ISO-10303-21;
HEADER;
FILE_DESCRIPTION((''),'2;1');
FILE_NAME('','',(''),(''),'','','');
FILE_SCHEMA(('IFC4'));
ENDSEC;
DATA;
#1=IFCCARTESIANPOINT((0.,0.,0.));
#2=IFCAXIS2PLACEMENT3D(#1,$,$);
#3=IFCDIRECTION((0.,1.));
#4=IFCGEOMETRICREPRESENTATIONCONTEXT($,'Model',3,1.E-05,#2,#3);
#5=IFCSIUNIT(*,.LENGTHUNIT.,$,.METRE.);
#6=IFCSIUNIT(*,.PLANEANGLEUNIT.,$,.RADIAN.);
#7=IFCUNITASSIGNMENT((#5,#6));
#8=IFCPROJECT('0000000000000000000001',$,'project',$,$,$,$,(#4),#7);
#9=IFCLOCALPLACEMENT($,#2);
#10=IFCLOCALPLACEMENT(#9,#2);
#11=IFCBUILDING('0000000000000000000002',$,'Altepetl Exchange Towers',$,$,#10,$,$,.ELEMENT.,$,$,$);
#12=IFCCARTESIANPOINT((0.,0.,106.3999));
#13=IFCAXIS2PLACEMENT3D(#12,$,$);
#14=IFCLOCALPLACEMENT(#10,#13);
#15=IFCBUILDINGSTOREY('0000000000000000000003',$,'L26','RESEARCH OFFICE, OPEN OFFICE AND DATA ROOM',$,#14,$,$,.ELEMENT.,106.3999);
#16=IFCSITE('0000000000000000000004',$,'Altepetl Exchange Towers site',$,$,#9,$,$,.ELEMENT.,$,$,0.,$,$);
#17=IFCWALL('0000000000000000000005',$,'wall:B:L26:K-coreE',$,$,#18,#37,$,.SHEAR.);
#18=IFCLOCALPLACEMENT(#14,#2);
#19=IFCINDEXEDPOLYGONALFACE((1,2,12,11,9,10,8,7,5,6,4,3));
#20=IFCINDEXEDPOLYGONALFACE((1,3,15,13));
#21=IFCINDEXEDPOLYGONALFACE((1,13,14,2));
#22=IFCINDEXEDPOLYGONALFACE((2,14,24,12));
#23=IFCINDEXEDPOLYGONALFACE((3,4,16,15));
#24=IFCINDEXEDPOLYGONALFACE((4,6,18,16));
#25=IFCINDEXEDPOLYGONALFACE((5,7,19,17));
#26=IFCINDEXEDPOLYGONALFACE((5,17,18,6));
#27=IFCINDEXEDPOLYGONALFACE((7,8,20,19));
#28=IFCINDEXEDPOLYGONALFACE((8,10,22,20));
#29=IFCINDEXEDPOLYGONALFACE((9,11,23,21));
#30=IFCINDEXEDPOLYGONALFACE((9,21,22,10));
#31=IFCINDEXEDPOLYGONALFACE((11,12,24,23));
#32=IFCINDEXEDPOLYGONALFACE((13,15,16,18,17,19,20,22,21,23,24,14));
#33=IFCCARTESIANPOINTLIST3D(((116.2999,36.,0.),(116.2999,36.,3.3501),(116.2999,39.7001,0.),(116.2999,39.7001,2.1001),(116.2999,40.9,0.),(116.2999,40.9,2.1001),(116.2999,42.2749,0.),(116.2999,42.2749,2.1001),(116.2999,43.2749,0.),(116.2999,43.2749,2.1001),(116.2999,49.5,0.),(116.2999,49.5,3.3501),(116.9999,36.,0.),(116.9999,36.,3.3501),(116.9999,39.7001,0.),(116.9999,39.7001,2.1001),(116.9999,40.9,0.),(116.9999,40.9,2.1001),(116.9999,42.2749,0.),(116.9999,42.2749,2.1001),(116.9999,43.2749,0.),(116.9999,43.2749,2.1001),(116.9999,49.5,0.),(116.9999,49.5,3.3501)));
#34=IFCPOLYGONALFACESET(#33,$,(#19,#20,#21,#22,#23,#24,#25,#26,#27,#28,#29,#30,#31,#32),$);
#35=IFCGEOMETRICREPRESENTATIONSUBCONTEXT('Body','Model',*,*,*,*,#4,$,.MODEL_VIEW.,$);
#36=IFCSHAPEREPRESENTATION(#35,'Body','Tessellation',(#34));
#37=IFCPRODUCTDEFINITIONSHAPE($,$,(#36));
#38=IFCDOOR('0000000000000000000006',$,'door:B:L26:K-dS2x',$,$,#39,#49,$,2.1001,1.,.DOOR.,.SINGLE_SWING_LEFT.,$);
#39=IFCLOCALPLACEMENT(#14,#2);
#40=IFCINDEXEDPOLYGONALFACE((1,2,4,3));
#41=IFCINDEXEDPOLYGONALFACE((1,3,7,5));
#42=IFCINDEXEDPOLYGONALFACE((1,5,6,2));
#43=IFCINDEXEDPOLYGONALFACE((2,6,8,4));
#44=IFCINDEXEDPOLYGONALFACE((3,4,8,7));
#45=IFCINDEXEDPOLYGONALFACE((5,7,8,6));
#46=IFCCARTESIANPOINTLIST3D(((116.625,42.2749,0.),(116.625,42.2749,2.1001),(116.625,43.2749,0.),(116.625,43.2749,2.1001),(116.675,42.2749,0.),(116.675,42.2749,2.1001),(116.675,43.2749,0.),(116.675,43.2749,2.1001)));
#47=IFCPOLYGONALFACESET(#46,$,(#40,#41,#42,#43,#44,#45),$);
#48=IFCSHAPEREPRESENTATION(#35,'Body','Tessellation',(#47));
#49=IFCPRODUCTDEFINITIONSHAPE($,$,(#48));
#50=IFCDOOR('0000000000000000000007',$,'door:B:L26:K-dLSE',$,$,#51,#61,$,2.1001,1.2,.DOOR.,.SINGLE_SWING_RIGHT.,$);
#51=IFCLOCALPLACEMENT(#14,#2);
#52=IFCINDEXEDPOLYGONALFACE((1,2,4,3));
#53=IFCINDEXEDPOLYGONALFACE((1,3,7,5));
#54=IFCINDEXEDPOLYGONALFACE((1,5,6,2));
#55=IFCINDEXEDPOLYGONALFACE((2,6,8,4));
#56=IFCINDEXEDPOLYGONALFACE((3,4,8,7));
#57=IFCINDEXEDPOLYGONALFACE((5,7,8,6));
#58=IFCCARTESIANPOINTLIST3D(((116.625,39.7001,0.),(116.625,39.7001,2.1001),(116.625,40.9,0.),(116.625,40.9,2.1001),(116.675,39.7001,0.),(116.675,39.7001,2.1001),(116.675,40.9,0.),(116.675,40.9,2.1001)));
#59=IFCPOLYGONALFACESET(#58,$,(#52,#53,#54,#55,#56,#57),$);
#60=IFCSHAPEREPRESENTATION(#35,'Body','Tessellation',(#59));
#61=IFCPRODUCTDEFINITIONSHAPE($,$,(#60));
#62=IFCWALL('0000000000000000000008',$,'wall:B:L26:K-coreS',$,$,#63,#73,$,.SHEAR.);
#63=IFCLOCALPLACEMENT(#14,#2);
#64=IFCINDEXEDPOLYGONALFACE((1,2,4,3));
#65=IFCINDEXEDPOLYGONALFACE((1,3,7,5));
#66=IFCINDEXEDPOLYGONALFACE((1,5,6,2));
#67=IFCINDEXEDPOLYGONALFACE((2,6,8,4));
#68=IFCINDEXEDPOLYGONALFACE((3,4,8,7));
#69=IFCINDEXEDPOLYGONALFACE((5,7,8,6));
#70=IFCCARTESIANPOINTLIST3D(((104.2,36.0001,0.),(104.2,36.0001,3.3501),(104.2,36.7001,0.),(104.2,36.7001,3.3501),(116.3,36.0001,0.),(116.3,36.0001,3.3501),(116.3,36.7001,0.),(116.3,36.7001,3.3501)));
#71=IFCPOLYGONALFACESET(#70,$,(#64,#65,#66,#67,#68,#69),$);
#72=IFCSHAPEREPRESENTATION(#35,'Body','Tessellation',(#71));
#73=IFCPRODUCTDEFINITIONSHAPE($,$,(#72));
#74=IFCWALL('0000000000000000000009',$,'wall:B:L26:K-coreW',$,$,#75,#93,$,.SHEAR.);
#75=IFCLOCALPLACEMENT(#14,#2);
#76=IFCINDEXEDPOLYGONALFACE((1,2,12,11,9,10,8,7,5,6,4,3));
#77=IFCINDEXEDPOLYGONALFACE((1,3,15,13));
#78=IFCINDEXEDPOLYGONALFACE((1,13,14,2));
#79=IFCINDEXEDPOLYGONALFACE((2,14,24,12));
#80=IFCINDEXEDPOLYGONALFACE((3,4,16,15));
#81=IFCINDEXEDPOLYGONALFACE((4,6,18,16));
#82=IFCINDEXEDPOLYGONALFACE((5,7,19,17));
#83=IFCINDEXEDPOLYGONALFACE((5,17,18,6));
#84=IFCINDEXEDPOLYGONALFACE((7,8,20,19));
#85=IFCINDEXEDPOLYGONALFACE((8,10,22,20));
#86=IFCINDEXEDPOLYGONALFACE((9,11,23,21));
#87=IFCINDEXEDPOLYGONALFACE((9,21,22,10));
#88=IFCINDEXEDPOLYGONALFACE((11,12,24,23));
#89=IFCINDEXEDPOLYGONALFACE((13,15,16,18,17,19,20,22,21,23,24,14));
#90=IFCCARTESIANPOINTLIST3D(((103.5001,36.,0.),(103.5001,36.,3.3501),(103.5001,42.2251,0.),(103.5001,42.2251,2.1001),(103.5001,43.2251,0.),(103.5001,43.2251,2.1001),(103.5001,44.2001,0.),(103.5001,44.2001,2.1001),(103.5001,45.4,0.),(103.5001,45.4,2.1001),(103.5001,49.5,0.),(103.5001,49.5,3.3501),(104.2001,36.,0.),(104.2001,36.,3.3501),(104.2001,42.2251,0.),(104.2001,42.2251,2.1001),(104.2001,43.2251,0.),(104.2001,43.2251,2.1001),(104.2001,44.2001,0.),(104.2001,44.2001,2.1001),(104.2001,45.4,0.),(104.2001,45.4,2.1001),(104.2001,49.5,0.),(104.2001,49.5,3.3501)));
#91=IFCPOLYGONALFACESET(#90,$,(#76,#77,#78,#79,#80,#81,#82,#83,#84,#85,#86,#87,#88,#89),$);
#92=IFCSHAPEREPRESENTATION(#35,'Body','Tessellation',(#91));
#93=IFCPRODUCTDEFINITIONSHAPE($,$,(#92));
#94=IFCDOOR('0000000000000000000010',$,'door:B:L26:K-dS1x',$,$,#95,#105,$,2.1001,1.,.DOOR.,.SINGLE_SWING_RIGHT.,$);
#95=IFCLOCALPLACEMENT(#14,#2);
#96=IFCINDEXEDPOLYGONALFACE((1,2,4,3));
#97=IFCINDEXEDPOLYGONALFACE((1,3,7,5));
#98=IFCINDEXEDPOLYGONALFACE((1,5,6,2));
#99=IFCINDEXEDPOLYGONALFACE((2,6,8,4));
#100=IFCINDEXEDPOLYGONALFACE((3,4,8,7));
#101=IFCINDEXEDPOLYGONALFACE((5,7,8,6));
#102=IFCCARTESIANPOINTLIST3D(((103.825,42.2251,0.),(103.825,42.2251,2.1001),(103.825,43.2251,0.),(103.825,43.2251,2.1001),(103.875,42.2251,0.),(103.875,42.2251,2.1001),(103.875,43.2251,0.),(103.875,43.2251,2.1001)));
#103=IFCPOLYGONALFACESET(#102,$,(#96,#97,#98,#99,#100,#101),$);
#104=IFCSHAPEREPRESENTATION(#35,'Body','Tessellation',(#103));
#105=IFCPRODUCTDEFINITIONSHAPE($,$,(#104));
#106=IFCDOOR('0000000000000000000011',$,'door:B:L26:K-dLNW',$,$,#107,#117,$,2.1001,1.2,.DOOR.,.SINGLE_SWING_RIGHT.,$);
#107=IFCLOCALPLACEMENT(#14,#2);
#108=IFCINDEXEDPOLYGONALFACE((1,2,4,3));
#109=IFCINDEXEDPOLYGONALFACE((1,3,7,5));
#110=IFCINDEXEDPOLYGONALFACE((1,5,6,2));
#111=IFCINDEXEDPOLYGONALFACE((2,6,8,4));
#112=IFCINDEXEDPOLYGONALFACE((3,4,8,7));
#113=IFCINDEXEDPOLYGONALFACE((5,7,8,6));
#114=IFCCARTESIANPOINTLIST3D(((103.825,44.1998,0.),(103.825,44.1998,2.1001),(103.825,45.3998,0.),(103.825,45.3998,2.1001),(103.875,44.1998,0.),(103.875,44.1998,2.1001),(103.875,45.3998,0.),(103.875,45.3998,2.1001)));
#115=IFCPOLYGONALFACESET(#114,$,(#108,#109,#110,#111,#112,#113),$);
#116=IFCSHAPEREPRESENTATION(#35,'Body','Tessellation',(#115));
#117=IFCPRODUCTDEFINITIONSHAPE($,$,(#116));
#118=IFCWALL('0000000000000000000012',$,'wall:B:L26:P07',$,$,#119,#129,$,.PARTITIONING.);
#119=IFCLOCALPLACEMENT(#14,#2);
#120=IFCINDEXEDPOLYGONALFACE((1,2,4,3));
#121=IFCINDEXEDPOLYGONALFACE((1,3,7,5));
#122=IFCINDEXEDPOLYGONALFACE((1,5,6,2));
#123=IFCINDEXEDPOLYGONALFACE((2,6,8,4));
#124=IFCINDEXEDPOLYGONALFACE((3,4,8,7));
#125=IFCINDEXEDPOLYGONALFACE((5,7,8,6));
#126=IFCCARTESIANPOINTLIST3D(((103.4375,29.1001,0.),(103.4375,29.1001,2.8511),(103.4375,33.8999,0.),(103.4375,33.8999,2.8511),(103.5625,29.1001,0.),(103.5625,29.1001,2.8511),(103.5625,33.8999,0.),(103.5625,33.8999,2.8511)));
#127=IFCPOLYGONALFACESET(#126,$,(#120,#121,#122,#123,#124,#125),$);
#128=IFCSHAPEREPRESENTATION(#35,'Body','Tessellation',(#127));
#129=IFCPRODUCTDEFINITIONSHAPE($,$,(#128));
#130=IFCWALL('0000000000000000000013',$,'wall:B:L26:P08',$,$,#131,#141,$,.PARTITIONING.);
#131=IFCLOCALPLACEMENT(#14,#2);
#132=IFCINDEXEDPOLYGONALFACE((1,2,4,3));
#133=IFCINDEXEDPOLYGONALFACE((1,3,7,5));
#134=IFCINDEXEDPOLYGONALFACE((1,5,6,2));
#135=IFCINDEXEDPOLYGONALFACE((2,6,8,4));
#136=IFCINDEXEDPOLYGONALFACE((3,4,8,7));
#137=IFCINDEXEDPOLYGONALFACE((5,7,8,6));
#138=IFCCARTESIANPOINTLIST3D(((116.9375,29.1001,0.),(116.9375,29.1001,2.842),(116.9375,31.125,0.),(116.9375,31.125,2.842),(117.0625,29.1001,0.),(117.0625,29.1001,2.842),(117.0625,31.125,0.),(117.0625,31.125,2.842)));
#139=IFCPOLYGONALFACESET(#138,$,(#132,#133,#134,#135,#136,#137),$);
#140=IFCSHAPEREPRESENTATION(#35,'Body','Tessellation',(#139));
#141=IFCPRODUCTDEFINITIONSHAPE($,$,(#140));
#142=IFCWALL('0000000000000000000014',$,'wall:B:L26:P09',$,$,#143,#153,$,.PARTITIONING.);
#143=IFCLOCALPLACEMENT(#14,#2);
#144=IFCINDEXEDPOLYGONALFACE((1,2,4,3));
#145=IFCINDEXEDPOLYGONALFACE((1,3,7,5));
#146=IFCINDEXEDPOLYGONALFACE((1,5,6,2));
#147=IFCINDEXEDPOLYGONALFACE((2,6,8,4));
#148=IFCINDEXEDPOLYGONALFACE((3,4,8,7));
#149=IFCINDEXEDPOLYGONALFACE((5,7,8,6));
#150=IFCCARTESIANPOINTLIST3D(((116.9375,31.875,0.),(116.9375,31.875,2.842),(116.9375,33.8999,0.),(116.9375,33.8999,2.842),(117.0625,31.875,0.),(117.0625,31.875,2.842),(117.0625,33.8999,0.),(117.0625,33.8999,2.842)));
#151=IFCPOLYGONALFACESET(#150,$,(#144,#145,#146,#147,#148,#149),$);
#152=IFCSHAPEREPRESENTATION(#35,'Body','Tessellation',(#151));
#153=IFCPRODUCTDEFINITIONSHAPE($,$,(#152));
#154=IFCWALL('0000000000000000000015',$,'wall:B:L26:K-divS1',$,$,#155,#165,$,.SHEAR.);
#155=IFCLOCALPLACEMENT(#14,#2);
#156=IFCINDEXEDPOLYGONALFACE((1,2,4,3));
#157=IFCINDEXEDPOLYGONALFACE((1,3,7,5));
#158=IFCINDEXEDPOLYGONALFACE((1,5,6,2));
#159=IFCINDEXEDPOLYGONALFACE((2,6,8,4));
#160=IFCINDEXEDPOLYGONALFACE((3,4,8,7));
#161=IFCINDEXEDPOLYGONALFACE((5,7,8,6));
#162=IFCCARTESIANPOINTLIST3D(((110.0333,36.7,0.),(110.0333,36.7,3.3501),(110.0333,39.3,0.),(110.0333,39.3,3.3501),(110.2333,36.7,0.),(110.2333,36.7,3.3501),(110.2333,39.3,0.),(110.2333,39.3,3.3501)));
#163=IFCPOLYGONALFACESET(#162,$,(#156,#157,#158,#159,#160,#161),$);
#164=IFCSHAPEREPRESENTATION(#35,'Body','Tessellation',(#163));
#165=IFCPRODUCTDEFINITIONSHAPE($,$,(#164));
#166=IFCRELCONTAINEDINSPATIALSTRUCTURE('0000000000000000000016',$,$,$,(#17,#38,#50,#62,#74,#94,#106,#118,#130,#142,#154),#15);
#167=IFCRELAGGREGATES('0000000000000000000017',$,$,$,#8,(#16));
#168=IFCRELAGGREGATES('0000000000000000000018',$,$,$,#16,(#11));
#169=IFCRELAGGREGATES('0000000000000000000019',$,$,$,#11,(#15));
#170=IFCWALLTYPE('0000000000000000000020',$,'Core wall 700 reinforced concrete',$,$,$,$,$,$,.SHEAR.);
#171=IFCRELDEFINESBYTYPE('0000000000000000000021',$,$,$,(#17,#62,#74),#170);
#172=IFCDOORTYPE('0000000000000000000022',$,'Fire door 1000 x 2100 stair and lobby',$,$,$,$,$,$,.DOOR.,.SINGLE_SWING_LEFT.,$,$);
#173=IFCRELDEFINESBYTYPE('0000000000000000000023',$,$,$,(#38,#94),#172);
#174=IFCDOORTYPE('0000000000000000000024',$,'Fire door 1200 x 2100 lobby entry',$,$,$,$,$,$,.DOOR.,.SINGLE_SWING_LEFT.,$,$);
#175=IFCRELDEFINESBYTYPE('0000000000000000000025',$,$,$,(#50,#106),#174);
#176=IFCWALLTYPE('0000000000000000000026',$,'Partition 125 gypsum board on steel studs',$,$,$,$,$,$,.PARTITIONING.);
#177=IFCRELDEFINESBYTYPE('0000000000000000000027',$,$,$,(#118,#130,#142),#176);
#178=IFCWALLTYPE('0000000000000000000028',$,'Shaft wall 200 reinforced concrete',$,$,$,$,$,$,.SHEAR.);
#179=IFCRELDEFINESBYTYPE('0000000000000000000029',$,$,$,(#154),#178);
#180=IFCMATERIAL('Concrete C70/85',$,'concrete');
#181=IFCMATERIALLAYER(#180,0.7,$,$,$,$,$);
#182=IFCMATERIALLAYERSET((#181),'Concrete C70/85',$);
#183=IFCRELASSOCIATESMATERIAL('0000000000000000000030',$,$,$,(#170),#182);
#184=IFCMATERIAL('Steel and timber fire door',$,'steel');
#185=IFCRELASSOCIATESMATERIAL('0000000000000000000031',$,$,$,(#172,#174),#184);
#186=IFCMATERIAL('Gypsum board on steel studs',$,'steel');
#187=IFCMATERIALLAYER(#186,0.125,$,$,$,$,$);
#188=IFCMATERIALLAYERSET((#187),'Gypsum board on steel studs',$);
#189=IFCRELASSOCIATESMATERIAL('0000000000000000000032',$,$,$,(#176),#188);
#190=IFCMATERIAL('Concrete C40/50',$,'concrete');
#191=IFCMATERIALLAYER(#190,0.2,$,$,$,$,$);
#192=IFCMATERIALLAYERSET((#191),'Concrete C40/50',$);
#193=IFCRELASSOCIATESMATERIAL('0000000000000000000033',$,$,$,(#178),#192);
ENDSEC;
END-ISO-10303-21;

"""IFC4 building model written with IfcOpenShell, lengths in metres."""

from ifc_helpers import new_model, si_unit, direction, frame, frame_2d, origin, place, context, subcontext, project, spatial, rectangle, extrude, material, layer, layer_set, type_object, element, fill, save


model = new_model("IFC4")

# Units and contexts
model_context = context("Model", 3, precision=1e-05, world=origin(), true_north=direction((0.0, 1.0)))
body_context = subcontext(model_context, "Body", "Model", "MODEL_VIEW")
ifc_project = project(units=[si_unit("LENGTHUNIT", "METRE"), si_unit("PLANEANGLEUNIT", "RADIAN")], contexts=[model_context])

# Site, building, storey
site_placement = place(None, origin())
site = spatial("IfcSite", under=ifc_project, at=site_placement, Name="Altepetl Exchange Towers site", CompositionType="ELEMENT", RefElevation=0.0)
building_placement = place(site_placement, origin())
building = spatial("IfcBuilding", under=site, at=building_placement, Name="Altepetl Exchange Towers", CompositionType="ELEMENT")
storey_placement = place(building_placement, frame((0.0, 0.0, 106.3999)))
storey = spatial("IfcBuildingStorey", under=building, at=storey_placement, Name="L26", Description="RESEARCH OFFICE, OPEN OFFICE AND DATA ROOM", CompositionType="ELEMENT", Elevation=106.3999)

# Shared definitions
ifc_material_1 = material(Name="Concrete C70/85", Category="concrete")

# Wall, openings, doors
ifc_layer_1 = layer(ifc_material_1, 0.7)
ifc_layer_set_1 = layer_set([ifc_layer_1], Name="Concrete C70/85")
wall_type_1 = type_object("IfcWallType", Name="Core wall 700 reinforced concrete", PredefinedType="SHEAR", material=ifc_layer_set_1)
wall_1_placement = place(storey_placement, frame((116.6499, 36.0, 0.0), z_axis=(0.0, 0.0, 1.0), x_axis=(0.0, 1.0, 0.0)))
wall_1 = element("IfcWall", 1, at=wall_1_placement, inside=storey, type_object=wall_type_1, Name="wall:B:L26:K-coreE", PredefinedType="SHEAR", context=body_context, shape_type="SweptSolid", body=[
    extrude(rectangle(XDim=13.5, YDim=0.7, at=frame_2d((6.75, 0.0))), origin(), (0.0, 0.0, 1.0), 3.3501),
])
opening_1_placement = place(wall_1_placement, frame((3.7, 0.0, 0.0)))
opening_1 = element("IfcOpeningElement", 2, at=opening_1_placement, cuts=wall_1, PredefinedType="OPENING", context=body_context, shape_type="SweptSolid", body=[
    extrude(rectangle(XDim=1.2, YDim=2.1001, at=frame_2d((0.6001, 1.05))), frame((0.0, 0.3599, 0.0), z_axis=(0.0, -1.0, 0.0), x_axis=(1.0, 0.0, 0.0)), (0.0, 0.0, 1.0), 0.72),
])
opening_2_placement = place(wall_1_placement, frame((6.2749, 0.0, 0.0)))
opening_2 = element("IfcOpeningElement", 3, at=opening_2_placement, cuts=wall_1, PredefinedType="OPENING", context=body_context, shape_type="SweptSolid", body=[
    extrude(rectangle(XDim=1.0, YDim=2.1001, at=frame_2d((0.5, 1.05))), frame((0.0, 0.3599, 0.0), z_axis=(0.0, -1.0, 0.0), x_axis=(1.0, 0.0, 0.0)), (0.0, 0.0, 1.0), 0.72),
])
ifc_material_2 = material(Name="Steel and timber fire door", Category="steel")
door_type_1 = type_object("IfcDoorType", Name="Fire door 1000 x 2100 stair and lobby", OperationType="SINGLE_SWING_LEFT", PredefinedType="DOOR", material=ifc_material_2)
door_1_placement = place(opening_2_placement, origin())
door_1 = element("IfcDoor", 4, at=door_1_placement, inside=storey, type_object=door_type_1, Name="door:B:L26:K-dS2x", OperationType="SINGLE_SWING_LEFT", OverallHeight=2.1001, OverallWidth=1.0, PredefinedType="DOOR", context=body_context, shape_type="SweptSolid", body=[
    extrude(rectangle(XDim=1.0, YDim=2.1001, at=frame_2d((0.5, 1.05))), frame((0.0, 0.0249, 0.0), z_axis=(0.0, -1.0, 0.0), x_axis=(1.0, 0.0, 0.0)), (0.0, 0.0, 1.0), 0.05),
])
fill(opening_2, door_1)
door_type_2 = type_object("IfcDoorType", Name="Fire door 1200 x 2100 lobby entry", OperationType="SINGLE_SWING_LEFT", PredefinedType="DOOR", material=ifc_material_2)
door_2_placement = place(opening_1_placement, origin())
door_2 = element("IfcDoor", 5, at=door_2_placement, inside=storey, type_object=door_type_2, Name="door:B:L26:K-dLSE", OperationType="SINGLE_SWING_RIGHT", OverallHeight=2.1001, OverallWidth=1.2, PredefinedType="DOOR", context=body_context, shape_type="SweptSolid", body=[
    extrude(rectangle(XDim=1.2, YDim=2.1001, at=frame_2d((0.6001, 1.05))), frame((0.0, 0.0249, 0.0), z_axis=(0.0, -1.0, 0.0), x_axis=(1.0, 0.0, 0.0)), (0.0, 0.0, 1.0), 0.05),
])
fill(opening_1, door_2)

# Wall
wall_2_placement = place(storey_placement, frame((104.2, 36.3501, 0.0)))
element("IfcWall", 6, at=wall_2_placement, inside=storey, type_object=wall_type_1, Name="wall:B:L26:K-coreS", PredefinedType="SHEAR", context=body_context, shape_type="SweptSolid", body=[
    extrude(rectangle(XDim=12.1001, YDim=0.7, at=frame_2d((6.05, 0.0))), origin(), (0.0, 0.0, 1.0), 3.3501),
])

# Wall, openings, doors
wall_3_placement = place(storey_placement, frame((103.8501, 36.0, 0.0), z_axis=(0.0, 0.0, 1.0), x_axis=(0.0, 1.0, 0.0)))
wall_3 = element("IfcWall", 7, at=wall_3_placement, inside=storey, type_object=wall_type_1, Name="wall:B:L26:K-coreW", PredefinedType="SHEAR", context=body_context, shape_type="SweptSolid", body=[
    extrude(rectangle(XDim=13.5, YDim=0.7, at=frame_2d((6.75, 0.0))), origin(), (0.0, 0.0, 1.0), 3.3501),
])
opening_3_placement = place(wall_3_placement, frame((8.2, 0.0, 0.0)))
opening_3 = element("IfcOpeningElement", 8, at=opening_3_placement, cuts=wall_3, PredefinedType="OPENING", context=body_context, shape_type="SweptSolid", body=[
    extrude(rectangle(XDim=1.2, YDim=2.1001, at=frame_2d((0.6001, 1.05))), frame((0.0, 0.3599, 0.0), z_axis=(0.0, -1.0, 0.0), x_axis=(1.0, 0.0, 0.0)), (0.0, 0.0, 1.0), 0.72),
])
opening_4_placement = place(wall_3_placement, frame((6.2251, 0.0, 0.0)))
opening_4 = element("IfcOpeningElement", 9, at=opening_4_placement, cuts=wall_3, PredefinedType="OPENING", context=body_context, shape_type="SweptSolid", body=[
    extrude(rectangle(XDim=1.0, YDim=2.1001, at=frame_2d((0.5, 1.05))), frame((0.0, 0.3599, 0.0), z_axis=(0.0, -1.0, 0.0), x_axis=(1.0, 0.0, 0.0)), (0.0, 0.0, 1.0), 0.72),
])
door_3_placement = place(opening_4_placement, frame((1.0, 0.0, 0.0), x_axis=(-1.0, 0.0, 0.0)))
door_3 = element("IfcDoor", 10, at=door_3_placement, inside=storey, type_object=door_type_1, Name="door:B:L26:K-dS1x", OperationType="SINGLE_SWING_RIGHT", OverallHeight=2.1001, OverallWidth=1.0, PredefinedType="DOOR", context=body_context, shape_type="SweptSolid", body=[
    extrude(rectangle(XDim=1.0, YDim=2.1001, at=frame_2d((0.5, 1.05))), frame((0.0, 0.0249, 0.0), z_axis=(0.0, -1.0, 0.0), x_axis=(1.0, 0.0, 0.0)), (0.0, 0.0, 1.0), 0.05),
])
fill(opening_4, door_3)
door_4_placement = place(opening_3_placement, frame((1.2, 0.0, 0.0), x_axis=(-1.0, 0.0, 0.0)))
door_4 = element("IfcDoor", 11, at=door_4_placement, inside=storey, type_object=door_type_2, Name="door:B:L26:K-dLNW", OperationType="SINGLE_SWING_RIGHT", OverallHeight=2.1001, OverallWidth=1.2, PredefinedType="DOOR", context=body_context, shape_type="SweptSolid", body=[
    extrude(rectangle(XDim=1.2, YDim=2.1001, at=frame_2d((0.6001, 1.05))), frame((0.0, 0.0249, 0.0), z_axis=(0.0, -1.0, 0.0), x_axis=(1.0, 0.0, 0.0)), (0.0, 0.0, 1.0), 0.05),
])
fill(opening_3, door_4)

# Walls
ifc_material_3 = material(Name="Gypsum board on steel studs", Category="steel")
ifc_layer_2 = layer(ifc_material_3, 0.125)
ifc_layer_set_2 = layer_set([ifc_layer_2], Name="Gypsum board on steel studs")
wall_type_2 = type_object("IfcWallType", Name="Partition 125 gypsum board on steel studs", PredefinedType="PARTITIONING", material=ifc_layer_set_2)
wall_4_placement = place(storey_placement, frame((103.5, 29.1001, 0.0), z_axis=(0.0, 0.0, 1.0), x_axis=(0.0, 1.0, 0.0)))
element("IfcWall", 12, at=wall_4_placement, inside=storey, type_object=wall_type_2, Name="wall:B:L26:P07", PredefinedType="PARTITIONING", context=body_context, shape_type="SweptSolid", body=[
    extrude(rectangle(XDim=4.7998, YDim=0.125, at=frame_2d((2.3999, 0.0))), origin(), (0.0, 0.0, 1.0), 2.8511),
])
for number, where, z_axis, x_axis, name in (
    (13, (117.0, 29.1001, 0.0), (0.0, 0.0, 1.0), (0.0, 1.0, 0.0), "wall:B:L26:P08"),
    (14, (117.0, 31.875, 0.0), (0.0, 0.0, 1.0), (0.0, 1.0, 0.0), "wall:B:L26:P09"),
):
    element("IfcWall", number, at=place(storey_placement, frame(where, z_axis=z_axis, x_axis=x_axis)), inside=storey, type_object=wall_type_2, Name=name, PredefinedType="PARTITIONING", context=body_context, shape_type="SweptSolid", body=[
        extrude(rectangle(XDim=2.0249, YDim=0.125, at=frame_2d((1.0125, 0.0))), origin(), (0.0, 0.0, 1.0), 2.842),
    ])
ifc_material_4 = material(Name="Concrete C40/50", Category="concrete")
ifc_layer_3 = layer(ifc_material_4, 0.2)
ifc_layer_set_3 = layer_set([ifc_layer_3], Name="Concrete C40/50")
wall_type_3 = type_object("IfcWallType", Name="Shaft wall 200 reinforced concrete", PredefinedType="SHEAR", material=ifc_layer_set_3)
wall_5_placement = place(storey_placement, frame((110.1333, 36.7, 0.0), z_axis=(0.0, 0.0, 1.0), x_axis=(0.0, 1.0, 0.0)))
element("IfcWall", 15, at=wall_5_placement, inside=storey, type_object=wall_type_3, Name="wall:B:L26:K-divS1", PredefinedType="SHEAR", context=body_context, shape_type="SweptSolid", body=[
    extrude(rectangle(XDim=2.6001, YDim=0.2, at=frame_2d((1.3, 0.0))), origin(), (0.0, 0.0, 1.0), 3.3501),
])

save(model, "model.ifc")
